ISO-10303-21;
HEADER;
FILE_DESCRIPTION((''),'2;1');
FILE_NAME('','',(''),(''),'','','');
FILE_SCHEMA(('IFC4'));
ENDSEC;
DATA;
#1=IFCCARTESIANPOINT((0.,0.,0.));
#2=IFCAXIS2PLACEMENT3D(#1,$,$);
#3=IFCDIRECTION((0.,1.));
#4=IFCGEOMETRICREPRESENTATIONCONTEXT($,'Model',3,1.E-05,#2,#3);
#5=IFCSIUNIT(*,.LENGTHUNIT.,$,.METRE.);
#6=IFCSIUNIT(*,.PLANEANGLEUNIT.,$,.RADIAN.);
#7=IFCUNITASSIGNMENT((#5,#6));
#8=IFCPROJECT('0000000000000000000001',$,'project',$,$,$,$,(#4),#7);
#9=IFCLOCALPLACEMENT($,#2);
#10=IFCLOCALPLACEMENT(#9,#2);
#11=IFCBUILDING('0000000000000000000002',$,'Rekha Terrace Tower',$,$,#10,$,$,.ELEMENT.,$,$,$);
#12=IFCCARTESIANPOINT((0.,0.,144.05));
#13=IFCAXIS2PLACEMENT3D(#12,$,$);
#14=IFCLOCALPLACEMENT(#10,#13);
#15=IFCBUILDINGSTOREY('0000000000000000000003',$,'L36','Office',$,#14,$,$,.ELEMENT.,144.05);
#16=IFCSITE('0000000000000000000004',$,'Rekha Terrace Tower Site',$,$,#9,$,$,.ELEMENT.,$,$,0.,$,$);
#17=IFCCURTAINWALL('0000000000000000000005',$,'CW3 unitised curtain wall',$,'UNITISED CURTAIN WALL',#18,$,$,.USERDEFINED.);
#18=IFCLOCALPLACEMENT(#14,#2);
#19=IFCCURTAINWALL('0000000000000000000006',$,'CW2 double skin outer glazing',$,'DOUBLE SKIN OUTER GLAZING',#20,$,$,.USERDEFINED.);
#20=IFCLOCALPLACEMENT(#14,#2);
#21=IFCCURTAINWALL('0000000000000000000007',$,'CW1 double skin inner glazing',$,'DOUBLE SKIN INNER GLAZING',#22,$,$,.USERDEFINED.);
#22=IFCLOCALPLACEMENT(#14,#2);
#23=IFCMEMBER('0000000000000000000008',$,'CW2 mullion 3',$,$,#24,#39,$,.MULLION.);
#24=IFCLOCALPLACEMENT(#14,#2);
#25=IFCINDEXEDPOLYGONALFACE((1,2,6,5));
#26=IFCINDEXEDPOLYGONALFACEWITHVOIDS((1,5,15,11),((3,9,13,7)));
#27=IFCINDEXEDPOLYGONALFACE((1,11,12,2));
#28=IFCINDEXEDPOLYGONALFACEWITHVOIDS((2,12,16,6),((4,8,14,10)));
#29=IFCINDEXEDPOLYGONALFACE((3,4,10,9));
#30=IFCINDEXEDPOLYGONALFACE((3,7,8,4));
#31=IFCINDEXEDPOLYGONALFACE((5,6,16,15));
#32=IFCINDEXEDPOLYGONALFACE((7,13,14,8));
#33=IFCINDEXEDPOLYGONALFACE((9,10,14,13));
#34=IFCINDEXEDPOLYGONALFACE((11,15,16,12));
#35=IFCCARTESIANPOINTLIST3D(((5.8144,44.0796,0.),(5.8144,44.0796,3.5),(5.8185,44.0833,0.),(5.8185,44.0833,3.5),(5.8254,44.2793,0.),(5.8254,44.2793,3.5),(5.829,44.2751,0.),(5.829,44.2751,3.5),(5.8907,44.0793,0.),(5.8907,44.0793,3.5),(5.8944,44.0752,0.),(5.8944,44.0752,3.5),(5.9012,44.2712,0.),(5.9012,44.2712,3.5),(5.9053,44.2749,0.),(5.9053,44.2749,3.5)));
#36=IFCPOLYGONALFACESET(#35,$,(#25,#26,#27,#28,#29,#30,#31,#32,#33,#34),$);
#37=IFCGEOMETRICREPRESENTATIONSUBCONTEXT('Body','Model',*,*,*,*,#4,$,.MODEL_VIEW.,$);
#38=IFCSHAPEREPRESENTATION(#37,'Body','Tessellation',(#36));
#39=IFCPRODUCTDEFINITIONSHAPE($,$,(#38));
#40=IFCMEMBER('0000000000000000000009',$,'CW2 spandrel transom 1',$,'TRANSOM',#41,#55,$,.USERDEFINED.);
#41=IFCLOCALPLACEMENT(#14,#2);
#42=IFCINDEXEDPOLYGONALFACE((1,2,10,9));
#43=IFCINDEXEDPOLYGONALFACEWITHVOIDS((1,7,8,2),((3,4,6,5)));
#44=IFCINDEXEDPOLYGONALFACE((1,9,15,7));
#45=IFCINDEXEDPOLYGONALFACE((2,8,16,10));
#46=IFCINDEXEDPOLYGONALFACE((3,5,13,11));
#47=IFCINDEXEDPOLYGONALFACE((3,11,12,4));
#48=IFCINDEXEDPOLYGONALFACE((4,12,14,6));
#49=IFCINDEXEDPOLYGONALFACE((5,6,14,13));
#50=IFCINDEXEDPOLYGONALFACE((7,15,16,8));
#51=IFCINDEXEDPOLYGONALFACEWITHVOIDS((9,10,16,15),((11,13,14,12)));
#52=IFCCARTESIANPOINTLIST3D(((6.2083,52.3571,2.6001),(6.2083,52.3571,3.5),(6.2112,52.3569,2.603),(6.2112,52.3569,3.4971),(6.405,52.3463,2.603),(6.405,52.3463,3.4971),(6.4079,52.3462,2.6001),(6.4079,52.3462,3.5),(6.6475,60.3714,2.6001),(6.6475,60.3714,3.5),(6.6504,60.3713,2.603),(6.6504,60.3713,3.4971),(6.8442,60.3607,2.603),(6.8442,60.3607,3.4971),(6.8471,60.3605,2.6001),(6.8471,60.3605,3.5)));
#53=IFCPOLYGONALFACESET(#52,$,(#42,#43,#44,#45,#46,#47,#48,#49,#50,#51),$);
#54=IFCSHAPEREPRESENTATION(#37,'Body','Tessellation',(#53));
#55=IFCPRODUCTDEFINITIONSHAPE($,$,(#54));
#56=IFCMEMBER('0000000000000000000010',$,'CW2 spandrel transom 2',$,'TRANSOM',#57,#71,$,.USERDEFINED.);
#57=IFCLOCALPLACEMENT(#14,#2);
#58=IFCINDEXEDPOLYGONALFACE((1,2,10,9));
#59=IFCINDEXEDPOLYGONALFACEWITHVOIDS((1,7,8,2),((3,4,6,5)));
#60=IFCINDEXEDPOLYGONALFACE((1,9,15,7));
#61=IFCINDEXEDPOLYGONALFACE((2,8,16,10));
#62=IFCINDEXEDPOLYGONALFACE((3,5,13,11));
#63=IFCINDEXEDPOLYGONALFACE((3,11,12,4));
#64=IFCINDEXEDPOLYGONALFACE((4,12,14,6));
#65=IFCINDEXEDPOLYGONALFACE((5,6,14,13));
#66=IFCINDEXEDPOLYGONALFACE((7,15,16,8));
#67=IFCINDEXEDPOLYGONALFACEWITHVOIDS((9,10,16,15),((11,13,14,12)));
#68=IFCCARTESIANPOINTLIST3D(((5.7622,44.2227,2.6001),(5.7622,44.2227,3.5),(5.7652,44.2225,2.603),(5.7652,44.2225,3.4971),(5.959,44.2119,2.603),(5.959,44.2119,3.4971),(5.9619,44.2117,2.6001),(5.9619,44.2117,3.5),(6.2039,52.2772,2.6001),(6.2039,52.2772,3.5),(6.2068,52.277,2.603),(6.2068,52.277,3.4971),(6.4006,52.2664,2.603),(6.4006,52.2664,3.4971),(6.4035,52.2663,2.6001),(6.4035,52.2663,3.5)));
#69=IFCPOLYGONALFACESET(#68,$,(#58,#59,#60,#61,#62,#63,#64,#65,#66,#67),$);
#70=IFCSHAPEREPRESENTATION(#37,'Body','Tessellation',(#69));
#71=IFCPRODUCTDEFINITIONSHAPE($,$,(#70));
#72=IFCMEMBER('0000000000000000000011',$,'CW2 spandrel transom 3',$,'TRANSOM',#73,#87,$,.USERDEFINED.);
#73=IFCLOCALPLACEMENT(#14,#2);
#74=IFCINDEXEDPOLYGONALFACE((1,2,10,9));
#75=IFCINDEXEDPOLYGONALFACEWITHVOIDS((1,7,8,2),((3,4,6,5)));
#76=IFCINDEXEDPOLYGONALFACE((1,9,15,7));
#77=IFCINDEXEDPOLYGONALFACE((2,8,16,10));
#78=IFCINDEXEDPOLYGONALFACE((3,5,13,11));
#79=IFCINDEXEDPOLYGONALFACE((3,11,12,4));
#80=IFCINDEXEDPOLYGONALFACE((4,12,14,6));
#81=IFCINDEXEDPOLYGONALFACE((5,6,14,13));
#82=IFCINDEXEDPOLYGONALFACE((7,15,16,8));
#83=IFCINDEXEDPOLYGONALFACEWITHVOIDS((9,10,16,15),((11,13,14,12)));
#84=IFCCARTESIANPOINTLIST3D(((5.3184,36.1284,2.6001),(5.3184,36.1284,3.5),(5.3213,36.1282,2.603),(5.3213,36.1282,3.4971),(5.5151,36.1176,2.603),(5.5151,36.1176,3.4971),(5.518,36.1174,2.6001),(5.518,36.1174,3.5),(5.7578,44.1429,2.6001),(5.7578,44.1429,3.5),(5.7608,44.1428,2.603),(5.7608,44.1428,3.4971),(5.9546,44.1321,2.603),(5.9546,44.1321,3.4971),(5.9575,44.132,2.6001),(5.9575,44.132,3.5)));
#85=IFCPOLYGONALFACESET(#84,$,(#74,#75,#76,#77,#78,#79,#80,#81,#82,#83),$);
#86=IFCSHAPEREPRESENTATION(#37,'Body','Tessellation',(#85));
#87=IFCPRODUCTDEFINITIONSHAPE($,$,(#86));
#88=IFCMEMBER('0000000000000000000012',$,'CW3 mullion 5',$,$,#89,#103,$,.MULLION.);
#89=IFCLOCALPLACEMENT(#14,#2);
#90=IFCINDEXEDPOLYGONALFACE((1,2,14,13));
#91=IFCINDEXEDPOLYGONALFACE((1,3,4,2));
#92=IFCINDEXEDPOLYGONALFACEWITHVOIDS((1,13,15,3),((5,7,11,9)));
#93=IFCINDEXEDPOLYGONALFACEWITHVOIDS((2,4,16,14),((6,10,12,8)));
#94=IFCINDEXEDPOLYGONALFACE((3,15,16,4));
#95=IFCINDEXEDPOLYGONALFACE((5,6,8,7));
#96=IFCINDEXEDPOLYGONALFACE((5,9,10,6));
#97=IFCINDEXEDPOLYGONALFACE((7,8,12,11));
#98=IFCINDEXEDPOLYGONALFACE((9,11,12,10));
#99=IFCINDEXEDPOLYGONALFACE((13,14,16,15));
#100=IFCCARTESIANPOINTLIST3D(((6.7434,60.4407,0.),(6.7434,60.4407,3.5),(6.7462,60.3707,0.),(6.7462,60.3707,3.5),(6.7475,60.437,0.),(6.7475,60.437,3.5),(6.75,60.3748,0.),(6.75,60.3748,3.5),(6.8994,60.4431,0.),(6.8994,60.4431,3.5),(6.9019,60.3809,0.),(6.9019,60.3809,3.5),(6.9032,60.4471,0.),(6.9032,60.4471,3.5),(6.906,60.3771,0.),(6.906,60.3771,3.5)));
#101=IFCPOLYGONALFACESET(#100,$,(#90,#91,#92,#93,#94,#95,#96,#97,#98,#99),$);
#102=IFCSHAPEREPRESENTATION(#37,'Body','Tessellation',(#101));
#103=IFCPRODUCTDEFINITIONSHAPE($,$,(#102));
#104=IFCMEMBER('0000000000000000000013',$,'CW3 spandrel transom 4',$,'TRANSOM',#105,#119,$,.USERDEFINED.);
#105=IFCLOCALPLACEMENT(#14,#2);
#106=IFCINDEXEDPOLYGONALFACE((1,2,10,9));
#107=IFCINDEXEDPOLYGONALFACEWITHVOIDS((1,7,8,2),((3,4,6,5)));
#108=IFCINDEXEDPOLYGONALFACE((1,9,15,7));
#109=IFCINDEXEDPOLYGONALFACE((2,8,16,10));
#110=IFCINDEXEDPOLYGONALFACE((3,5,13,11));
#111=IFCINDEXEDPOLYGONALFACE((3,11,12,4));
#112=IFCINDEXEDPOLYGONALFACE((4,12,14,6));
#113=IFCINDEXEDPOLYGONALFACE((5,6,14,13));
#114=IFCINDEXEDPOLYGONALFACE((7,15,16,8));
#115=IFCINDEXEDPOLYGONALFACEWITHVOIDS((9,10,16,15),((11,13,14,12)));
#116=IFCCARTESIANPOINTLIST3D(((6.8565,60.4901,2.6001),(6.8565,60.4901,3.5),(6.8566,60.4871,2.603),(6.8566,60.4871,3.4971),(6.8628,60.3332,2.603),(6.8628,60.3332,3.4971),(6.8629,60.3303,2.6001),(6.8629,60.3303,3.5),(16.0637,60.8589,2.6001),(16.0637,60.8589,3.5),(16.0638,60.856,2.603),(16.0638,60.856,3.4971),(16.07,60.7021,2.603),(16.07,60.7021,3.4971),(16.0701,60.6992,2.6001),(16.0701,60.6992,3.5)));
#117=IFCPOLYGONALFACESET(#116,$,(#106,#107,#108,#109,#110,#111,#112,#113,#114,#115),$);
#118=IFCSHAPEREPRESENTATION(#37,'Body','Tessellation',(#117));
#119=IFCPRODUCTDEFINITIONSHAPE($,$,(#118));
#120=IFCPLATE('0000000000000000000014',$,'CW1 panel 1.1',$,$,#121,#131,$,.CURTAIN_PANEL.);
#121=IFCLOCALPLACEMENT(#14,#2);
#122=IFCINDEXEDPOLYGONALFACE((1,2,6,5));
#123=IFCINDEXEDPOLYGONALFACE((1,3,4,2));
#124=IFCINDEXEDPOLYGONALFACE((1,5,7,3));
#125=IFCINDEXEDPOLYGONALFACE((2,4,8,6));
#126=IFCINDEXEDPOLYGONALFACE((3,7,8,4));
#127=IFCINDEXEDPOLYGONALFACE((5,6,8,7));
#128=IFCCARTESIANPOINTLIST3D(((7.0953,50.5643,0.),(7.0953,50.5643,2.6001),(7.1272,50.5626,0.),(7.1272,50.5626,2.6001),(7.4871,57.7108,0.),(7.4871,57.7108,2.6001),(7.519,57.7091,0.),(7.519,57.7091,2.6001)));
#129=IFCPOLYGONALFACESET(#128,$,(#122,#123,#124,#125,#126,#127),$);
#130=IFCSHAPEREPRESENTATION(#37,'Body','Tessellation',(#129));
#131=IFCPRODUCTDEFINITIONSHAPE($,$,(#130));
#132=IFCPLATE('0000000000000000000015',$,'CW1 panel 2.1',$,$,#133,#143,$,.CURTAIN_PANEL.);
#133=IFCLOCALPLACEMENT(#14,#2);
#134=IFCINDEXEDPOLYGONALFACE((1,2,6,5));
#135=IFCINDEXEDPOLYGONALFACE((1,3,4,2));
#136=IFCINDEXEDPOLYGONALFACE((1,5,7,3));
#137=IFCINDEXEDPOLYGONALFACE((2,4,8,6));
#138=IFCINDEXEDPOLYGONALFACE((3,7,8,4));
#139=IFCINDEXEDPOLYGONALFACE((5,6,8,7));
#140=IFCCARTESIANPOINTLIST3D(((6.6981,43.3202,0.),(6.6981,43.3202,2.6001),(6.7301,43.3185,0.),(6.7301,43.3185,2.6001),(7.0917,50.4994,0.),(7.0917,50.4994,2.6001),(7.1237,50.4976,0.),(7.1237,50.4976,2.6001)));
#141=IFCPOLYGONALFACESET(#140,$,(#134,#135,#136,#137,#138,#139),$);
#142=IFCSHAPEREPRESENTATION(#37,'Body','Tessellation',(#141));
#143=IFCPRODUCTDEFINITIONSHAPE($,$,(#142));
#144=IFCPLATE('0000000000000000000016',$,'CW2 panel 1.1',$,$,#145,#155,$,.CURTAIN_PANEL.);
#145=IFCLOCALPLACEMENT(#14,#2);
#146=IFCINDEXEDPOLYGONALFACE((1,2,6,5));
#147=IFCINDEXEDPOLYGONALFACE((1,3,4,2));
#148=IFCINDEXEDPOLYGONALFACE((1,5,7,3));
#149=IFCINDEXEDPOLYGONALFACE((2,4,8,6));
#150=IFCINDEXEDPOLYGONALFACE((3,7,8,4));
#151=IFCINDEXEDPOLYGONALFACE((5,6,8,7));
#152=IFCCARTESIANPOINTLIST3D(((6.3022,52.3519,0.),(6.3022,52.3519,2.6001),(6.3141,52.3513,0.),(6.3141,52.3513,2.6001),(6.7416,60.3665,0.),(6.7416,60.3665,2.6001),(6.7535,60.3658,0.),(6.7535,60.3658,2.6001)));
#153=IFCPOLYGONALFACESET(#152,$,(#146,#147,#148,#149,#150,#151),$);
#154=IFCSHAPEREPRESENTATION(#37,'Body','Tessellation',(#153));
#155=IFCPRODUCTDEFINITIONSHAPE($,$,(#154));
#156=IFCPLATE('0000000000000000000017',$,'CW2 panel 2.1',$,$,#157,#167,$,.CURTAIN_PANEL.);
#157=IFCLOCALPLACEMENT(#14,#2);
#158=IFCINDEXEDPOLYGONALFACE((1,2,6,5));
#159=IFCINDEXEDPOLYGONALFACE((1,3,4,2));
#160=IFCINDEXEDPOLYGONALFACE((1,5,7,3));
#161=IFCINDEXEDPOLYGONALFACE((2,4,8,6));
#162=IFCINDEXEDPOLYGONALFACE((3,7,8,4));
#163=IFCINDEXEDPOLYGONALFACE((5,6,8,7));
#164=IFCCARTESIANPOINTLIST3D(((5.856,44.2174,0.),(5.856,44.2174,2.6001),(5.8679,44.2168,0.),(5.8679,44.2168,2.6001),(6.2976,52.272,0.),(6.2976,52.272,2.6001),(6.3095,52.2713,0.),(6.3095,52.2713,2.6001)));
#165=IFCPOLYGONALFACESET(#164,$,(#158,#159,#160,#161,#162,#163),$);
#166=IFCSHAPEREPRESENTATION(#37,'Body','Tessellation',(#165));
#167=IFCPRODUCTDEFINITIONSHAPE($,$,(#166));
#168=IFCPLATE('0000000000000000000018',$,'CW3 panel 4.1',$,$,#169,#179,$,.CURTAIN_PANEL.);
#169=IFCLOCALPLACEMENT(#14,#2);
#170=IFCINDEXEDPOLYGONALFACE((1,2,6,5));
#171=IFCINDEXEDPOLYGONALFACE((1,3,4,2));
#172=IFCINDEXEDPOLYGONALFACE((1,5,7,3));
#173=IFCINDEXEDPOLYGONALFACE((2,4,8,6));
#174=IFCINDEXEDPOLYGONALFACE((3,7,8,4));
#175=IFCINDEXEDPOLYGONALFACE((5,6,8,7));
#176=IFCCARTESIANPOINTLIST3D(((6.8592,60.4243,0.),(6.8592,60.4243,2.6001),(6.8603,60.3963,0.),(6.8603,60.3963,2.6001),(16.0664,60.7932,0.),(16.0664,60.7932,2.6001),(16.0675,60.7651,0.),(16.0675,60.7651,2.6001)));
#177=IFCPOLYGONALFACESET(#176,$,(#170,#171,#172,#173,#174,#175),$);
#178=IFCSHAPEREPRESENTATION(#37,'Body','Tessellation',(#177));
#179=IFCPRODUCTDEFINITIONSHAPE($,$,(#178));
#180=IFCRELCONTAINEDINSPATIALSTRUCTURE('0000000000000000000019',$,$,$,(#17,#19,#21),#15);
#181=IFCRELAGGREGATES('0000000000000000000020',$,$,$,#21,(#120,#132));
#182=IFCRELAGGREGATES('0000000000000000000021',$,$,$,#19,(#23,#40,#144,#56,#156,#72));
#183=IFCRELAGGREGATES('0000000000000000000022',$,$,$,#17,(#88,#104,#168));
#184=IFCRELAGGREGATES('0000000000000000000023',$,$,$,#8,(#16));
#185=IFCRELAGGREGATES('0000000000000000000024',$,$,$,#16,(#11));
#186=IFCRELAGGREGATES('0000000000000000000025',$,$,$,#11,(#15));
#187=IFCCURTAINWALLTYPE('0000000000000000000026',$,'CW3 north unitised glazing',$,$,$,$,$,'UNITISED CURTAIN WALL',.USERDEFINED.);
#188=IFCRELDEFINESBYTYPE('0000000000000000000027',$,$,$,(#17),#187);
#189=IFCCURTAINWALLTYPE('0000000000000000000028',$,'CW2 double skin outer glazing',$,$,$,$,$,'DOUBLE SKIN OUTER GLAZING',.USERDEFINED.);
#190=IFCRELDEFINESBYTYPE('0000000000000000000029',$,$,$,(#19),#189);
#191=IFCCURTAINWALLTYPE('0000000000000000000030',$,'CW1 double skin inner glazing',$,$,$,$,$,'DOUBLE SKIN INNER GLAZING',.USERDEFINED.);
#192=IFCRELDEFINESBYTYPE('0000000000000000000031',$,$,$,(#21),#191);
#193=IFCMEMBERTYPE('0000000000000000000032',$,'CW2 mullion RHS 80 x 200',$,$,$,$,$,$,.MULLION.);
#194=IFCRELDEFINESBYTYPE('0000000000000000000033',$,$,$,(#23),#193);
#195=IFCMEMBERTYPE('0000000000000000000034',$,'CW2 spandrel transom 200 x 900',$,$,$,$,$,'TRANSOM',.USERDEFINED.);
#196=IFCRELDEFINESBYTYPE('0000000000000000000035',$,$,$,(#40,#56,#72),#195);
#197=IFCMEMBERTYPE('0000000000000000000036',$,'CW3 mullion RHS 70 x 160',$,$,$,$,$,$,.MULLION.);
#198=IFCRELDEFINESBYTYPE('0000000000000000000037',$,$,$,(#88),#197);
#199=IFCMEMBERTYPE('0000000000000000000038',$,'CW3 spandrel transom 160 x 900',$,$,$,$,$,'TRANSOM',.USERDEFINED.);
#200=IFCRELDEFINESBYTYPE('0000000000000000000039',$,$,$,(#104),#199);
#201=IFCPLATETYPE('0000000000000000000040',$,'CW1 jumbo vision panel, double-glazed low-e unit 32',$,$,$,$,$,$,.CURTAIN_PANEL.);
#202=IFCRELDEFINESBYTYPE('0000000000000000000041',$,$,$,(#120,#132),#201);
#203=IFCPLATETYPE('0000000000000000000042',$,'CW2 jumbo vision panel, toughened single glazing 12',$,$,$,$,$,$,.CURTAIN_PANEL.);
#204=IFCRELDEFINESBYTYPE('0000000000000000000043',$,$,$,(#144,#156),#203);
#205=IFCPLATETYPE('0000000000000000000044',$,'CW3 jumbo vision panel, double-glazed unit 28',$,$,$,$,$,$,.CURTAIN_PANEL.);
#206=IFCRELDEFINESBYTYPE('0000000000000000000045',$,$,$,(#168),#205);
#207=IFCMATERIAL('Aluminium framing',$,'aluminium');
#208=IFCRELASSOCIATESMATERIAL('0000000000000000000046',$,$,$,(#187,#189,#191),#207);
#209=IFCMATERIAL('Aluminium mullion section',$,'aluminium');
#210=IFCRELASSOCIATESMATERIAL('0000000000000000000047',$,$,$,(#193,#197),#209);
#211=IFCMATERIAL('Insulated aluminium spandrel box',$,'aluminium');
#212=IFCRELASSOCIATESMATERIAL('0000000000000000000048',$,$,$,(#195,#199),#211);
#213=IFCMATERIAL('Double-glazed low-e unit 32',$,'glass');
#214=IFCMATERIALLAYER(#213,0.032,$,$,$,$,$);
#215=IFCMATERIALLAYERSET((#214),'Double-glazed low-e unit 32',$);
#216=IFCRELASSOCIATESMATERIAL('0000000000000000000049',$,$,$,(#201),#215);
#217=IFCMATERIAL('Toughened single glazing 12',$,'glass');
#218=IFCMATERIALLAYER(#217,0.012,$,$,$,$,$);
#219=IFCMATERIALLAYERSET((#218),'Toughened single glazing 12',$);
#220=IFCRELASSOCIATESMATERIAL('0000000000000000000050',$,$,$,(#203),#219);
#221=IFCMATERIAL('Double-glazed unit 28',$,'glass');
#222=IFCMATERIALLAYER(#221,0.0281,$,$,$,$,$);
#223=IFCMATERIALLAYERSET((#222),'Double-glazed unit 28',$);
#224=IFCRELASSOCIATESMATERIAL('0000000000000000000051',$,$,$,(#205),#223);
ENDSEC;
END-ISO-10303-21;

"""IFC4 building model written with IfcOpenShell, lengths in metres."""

from ifc_helpers import new_model, si_unit, direction, frame, origin, origin_2d, place, context, subcontext, project, spatial, rectangle, hollow_rectangle, extrude, material, layer, layer_set, material_profile, profile_set, type_object, element, aggregate, save


model = new_model("IFC4")

# Units and contexts
model_context = context("Model", 3, precision=1e-05, world=origin(), true_north=direction((0.0, 1.0)))
body_context = subcontext(model_context, "Body", "Model", "MODEL_VIEW")
ifc_project = project(units=[si_unit("LENGTHUNIT", "METRE"), si_unit("PLANEANGLEUNIT", "RADIAN")], contexts=[model_context])

# Site, building, storey
site_placement = place(None, origin())
site = spatial("IfcSite", under=ifc_project, at=site_placement, Name="Rekha Terrace Tower Site", CompositionType="ELEMENT", RefElevation=0.0)
building_placement = place(site_placement, origin())
building = spatial("IfcBuilding", under=site, at=building_placement, Name="Rekha Terrace Tower", CompositionType="ELEMENT")
storey_placement = place(building_placement, frame((0.0, 0.0, 144.05)))
storey = spatial("IfcBuildingStorey", under=building, at=storey_placement, Name="L36", Description="Office", CompositionType="ELEMENT", Elevation=144.05)

# Curtain wall
ifc_material_1 = material(Name="Aluminium framing", Category="aluminium")
curtain_wall_type_1 = type_object("IfcCurtainWallType", Name="CW3 north unitised glazing", ElementType="UNITISED CURTAIN WALL", PredefinedType="USERDEFINED", material=ifc_material_1)
curtain_wall_1_placement = place(storey_placement, origin())
curtain_wall_1 = element("IfcCurtainWall", 1, at=curtain_wall_1_placement, inside=storey, type_object=curtain_wall_type_1, Name="CW3 unitised curtain wall", ObjectType="UNITISED CURTAIN WALL", PredefinedType="USERDEFINED")

# Curtain walls
curtain_wall_type_2 = type_object("IfcCurtainWallType", Name="CW2 double skin outer glazing", ElementType="DOUBLE SKIN OUTER GLAZING", PredefinedType="USERDEFINED", material=ifc_material_1)
curtain_wall_2_placement = place(storey_placement, origin())
curtain_wall_2 = element("IfcCurtainWall", 2, at=curtain_wall_2_placement, inside=storey, type_object=curtain_wall_type_2, Name="CW2 double skin outer glazing", ObjectType="DOUBLE SKIN OUTER GLAZING", PredefinedType="USERDEFINED")
curtain_wall_type_3 = type_object("IfcCurtainWallType", Name="CW1 double skin inner glazing", ElementType="DOUBLE SKIN INNER GLAZING", PredefinedType="USERDEFINED", material=ifc_material_1)
curtain_wall_3_placement = place(storey_placement, origin())
curtain_wall_3 = element("IfcCurtainWall", 3, at=curtain_wall_3_placement, inside=storey, type_object=curtain_wall_type_3, Name="CW1 double skin inner glazing", ObjectType="DOUBLE SKIN INNER GLAZING", PredefinedType="USERDEFINED")
ifc_material_2 = material(Name="Aluminium mullion section", Category="aluminium")
ifc_material_3 = material(Name="Insulated aluminium spandrel box", Category="aluminium")

# Members
ifc_material_profile_1 = material_profile(ifc_material_2, hollow_rectangle(XDim=0.0801, YDim=0.2, WallThickness=0.0039, at=origin_2d()), Name="AL RHS 80x200")
ifc_profile_set_1 = profile_set([ifc_material_profile_1], Name="Aluminium mullion section")
member_type_1 = type_object("IfcMemberType", Name="CW2 mullion RHS 80 x 200", PredefinedType="MULLION", material=ifc_profile_set_1)
member_1_placement = place(storey_placement, frame((5.8599, 44.1772, 0.0), z_axis=(0.0, 0.0, 1.0), x_axis=(0.998501, -0.054742, 0.0)))
member_1 = element("IfcMember", 4, at=member_1_placement, type_object=member_type_1, Name="CW2 mullion 3", PredefinedType="MULLION", context=body_context, shape_type="SweptSolid", body=[
    extrude(hollow_rectangle(XDim=0.0801, YDim=0.2, WallThickness=0.0039, at=origin_2d()), origin(), (0.0, 0.0, 1.0), 3.5),
])
ifc_material_profile_2 = material_profile(ifc_material_3, hollow_rectangle(XDim=0.2, YDim=0.8999, WallThickness=0.0029, at=origin_2d()), Name="AL SPANDREL BOX 200x900")
ifc_profile_set_2 = profile_set([ifc_material_profile_2], Name="Insulated aluminium spandrel box")
member_type_2 = type_object("IfcMemberType", Name="CW2 spandrel transom 200 x 900", ElementType="TRANSOM", PredefinedType="USERDEFINED", material=ifc_profile_set_2)
member_2_placement = place(storey_placement, frame((6.7473, 60.366, 3.05), z_axis=(-0.05472, -0.998502, 0.0), x_axis=(0.998502, -0.05472, 0.0)))
member_2 = element("IfcMember", 5, at=member_2_placement, type_object=member_type_2, Name="CW2 spandrel transom 1", ObjectType="TRANSOM", PredefinedType="USERDEFINED", context=body_context, shape_type="SweptSolid", body=[
    extrude(hollow_rectangle(XDim=0.2, YDim=0.8999, WallThickness=0.0029, at=origin_2d()), origin(), (0.0, 0.0, 1.0), 8.0264),
])
member_3_placement = place(storey_placement, frame((6.3037, 52.2717, 3.05), z_axis=(-0.054751, -0.9985, 0.0), x_axis=(0.9985, -0.054751, 0.0)))
member_3 = element("IfcMember", 6, at=member_3_placement, type_object=member_type_2, Name="CW2 spandrel transom 2", ObjectType="TRANSOM", PredefinedType="USERDEFINED", context=body_context, shape_type="SweptSolid", body=[
    extrude(hollow_rectangle(XDim=0.2, YDim=0.8999, WallThickness=0.0029, at=origin_2d()), origin(), (0.0, 0.0, 1.0), 8.0667),
])
member_4_placement = place(storey_placement, frame((5.8577, 44.1375, 3.05), z_axis=(-0.054749, -0.9985, 0.0), x_axis=(0.9985, -0.054749, 0.0)))
member_4 = element("IfcMember", 7, at=member_4_placement, type_object=member_type_2, Name="CW2 spandrel transom 3", ObjectType="TRANSOM", PredefinedType="USERDEFINED", context=body_context, shape_type="SweptSolid", body=[
    extrude(hollow_rectangle(XDim=0.2, YDim=0.8999, WallThickness=0.0029, at=origin_2d()), origin(), (0.0, 0.0, 1.0), 8.0266),
])
ifc_material_profile_3 = material_profile(ifc_material_2, hollow_rectangle(XDim=0.0701, YDim=0.1599, WallThickness=0.0039, at=origin_2d()), Name="AL RHS 70x160")
ifc_profile_set_3 = profile_set([ifc_material_profile_3], Name="Aluminium mullion section")
member_type_3 = type_object("IfcMemberType", Name="CW3 mullion RHS 70 x 160", PredefinedType="MULLION", material=ifc_profile_set_3)
member_5_placement = place(storey_placement, frame((6.8247, 60.4089, 0.0), z_axis=(0.0, 0.0, 1.0), x_axis=(0.040032, -0.999198, 0.0)))
member_5 = element("IfcMember", 8, at=member_5_placement, type_object=member_type_3, Name="CW3 mullion 5", PredefinedType="MULLION", context=body_context, shape_type="SweptSolid", body=[
    extrude(hollow_rectangle(XDim=0.0701, YDim=0.1599, WallThickness=0.0039, at=origin_2d()), origin(), (0.0, 0.0, 1.0), 3.5),
])
ifc_material_profile_4 = material_profile(ifc_material_3, hollow_rectangle(XDim=0.1599, YDim=0.8999, WallThickness=0.0029, at=origin_2d()), Name="AL SPANDREL BOX 160x900")
ifc_profile_set_4 = profile_set([ifc_material_profile_4], Name="Insulated aluminium spandrel box")
member_type_4 = type_object("IfcMemberType", Name="CW3 spandrel transom 160 x 900", ElementType="TRANSOM", PredefinedType="USERDEFINED", material=ifc_profile_set_4)
member_6_placement = place(storey_placement, frame((16.0669, 60.7791, 3.05), z_axis=(-0.999198, -0.040034, 0.0), x_axis=(0.040034, -0.999198, 0.0)))
member_6 = element("IfcMember", 9, at=member_6_placement, type_object=member_type_4, Name="CW3 spandrel transom 4", ObjectType="TRANSOM", PredefinedType="USERDEFINED", context=body_context, shape_type="SweptSolid", body=[
    extrude(hollow_rectangle(XDim=0.1599, YDim=0.8999, WallThickness=0.0029, at=origin_2d()), origin(), (0.0, 0.0, 1.0), 9.2146),
])

# Plates
ifc_material_4 = material(Name="Double-glazed low-e unit 32", Category="glass")
ifc_layer_1 = layer(ifc_material_4, 0.032)
ifc_layer_set_1 = layer_set([ifc_layer_1], Name="Double-glazed low-e unit 32")
plate_type_1 = type_object("IfcPlateType", Name="CW1 jumbo vision panel, double-glazed low-e unit 32", PredefinedType="CURTAIN_PANEL", material=ifc_layer_set_1)
plate_1_placement = place(storey_placement, frame((7.3071, 54.1367, 0.0), z_axis=(0.0, 0.0, 1.0), x_axis=(-0.054742, -0.998501, 0.0)))
plate_1 = element("IfcPlate", 10, at=plate_1_placement, type_object=plate_type_1, Name="CW1 panel 1.1", PredefinedType="CURTAIN_PANEL", context=body_context, shape_type="SweptSolid", body=[
    extrude(rectangle(XDim=7.1572, YDim=0.032, at=origin_2d()), origin(), (0.0, 0.0, 1.0), 2.6001),
])
plate_2_placement = place(storey_placement, frame((6.9109, 46.9089, 0.0), z_axis=(0.0, 0.0, 1.0), x_axis=(-0.054742, -0.998501, 0.0)))
plate_2 = element("IfcPlate", 11, at=plate_2_placement, type_object=plate_type_1, Name="CW1 panel 2.1", PredefinedType="CURTAIN_PANEL", context=body_context, shape_type="SweptSolid", body=[
    extrude(rectangle(XDim=7.1899, YDim=0.032, at=origin_2d()), origin(), (0.0, 0.0, 1.0), 2.6001),
])
aggregate(curtain_wall_3, [plate_1, plate_2])
ifc_material_5 = material(Name="Toughened single glazing 12", Category="glass")
ifc_layer_2 = layer(ifc_material_5, 0.012)
ifc_layer_set_2 = layer_set([ifc_layer_2], Name="Toughened single glazing 12")
plate_type_2 = type_object("IfcPlateType", Name="CW2 jumbo vision panel, toughened single glazing 12", PredefinedType="CURTAIN_PANEL", material=ifc_layer_set_2)
plate_3_placement = place(storey_placement, frame((6.5278, 56.3589, 0.0), z_axis=(0.0, 0.0, 1.0), x_axis=(-0.054742, -0.998501, 0.0)))
plate_3 = element("IfcPlate", 12, at=plate_3_placement, type_object=plate_type_2, Name="CW2 panel 1.1", PredefinedType="CURTAIN_PANEL", context=body_context, shape_type="SweptSolid", body=[
    extrude(rectangle(XDim=8.0266, YDim=0.012, at=origin_2d()), origin(), (0.0, 0.0, 1.0), 2.6001),
])
plate_4_placement = place(storey_placement, frame((6.0828, 48.2444, 0.0), z_axis=(0.0, 0.0, 1.0), x_axis=(-0.054742, -0.998501, 0.0)))
plate_4 = element("IfcPlate", 13, at=plate_4_placement, type_object=plate_type_2, Name="CW2 panel 2.1", PredefinedType="CURTAIN_PANEL", context=body_context, shape_type="SweptSolid", body=[
    extrude(rectangle(XDim=8.0667, YDim=0.012, at=origin_2d()), origin(), (0.0, 0.0, 1.0), 2.6001),
])
aggregate(curtain_wall_2, [member_1, member_2, plate_3, member_3, plate_4, member_4])
ifc_material_6 = material(Name="Double-glazed unit 28", Category="glass")
ifc_layer_3 = layer(ifc_material_6, 0.0281)
ifc_layer_set_3 = layer_set([ifc_layer_3], Name="Double-glazed unit 28")
plate_type_3 = type_object("IfcPlateType", Name="CW3 jumbo vision panel, double-glazed unit 28", PredefinedType="CURTAIN_PANEL", material=ifc_layer_set_3)
plate_5_placement = place(storey_placement, frame((11.4634, 60.5947, 0.0), z_axis=(0.0, 0.0, 1.0), x_axis=(-0.999198, -0.040032, 0.0)))
plate_5 = element("IfcPlate", 14, at=plate_5_placement, type_object=plate_type_3, Name="CW3 panel 4.1", PredefinedType="CURTAIN_PANEL", context=body_context, shape_type="SweptSolid", body=[
    extrude(rectangle(XDim=9.2146, YDim=0.0281, at=origin_2d()), origin(), (0.0, 0.0, 1.0), 2.6001),
])
aggregate(curtain_wall_1, [member_5, member_6, plate_5])

save(model, "model.ifc")
